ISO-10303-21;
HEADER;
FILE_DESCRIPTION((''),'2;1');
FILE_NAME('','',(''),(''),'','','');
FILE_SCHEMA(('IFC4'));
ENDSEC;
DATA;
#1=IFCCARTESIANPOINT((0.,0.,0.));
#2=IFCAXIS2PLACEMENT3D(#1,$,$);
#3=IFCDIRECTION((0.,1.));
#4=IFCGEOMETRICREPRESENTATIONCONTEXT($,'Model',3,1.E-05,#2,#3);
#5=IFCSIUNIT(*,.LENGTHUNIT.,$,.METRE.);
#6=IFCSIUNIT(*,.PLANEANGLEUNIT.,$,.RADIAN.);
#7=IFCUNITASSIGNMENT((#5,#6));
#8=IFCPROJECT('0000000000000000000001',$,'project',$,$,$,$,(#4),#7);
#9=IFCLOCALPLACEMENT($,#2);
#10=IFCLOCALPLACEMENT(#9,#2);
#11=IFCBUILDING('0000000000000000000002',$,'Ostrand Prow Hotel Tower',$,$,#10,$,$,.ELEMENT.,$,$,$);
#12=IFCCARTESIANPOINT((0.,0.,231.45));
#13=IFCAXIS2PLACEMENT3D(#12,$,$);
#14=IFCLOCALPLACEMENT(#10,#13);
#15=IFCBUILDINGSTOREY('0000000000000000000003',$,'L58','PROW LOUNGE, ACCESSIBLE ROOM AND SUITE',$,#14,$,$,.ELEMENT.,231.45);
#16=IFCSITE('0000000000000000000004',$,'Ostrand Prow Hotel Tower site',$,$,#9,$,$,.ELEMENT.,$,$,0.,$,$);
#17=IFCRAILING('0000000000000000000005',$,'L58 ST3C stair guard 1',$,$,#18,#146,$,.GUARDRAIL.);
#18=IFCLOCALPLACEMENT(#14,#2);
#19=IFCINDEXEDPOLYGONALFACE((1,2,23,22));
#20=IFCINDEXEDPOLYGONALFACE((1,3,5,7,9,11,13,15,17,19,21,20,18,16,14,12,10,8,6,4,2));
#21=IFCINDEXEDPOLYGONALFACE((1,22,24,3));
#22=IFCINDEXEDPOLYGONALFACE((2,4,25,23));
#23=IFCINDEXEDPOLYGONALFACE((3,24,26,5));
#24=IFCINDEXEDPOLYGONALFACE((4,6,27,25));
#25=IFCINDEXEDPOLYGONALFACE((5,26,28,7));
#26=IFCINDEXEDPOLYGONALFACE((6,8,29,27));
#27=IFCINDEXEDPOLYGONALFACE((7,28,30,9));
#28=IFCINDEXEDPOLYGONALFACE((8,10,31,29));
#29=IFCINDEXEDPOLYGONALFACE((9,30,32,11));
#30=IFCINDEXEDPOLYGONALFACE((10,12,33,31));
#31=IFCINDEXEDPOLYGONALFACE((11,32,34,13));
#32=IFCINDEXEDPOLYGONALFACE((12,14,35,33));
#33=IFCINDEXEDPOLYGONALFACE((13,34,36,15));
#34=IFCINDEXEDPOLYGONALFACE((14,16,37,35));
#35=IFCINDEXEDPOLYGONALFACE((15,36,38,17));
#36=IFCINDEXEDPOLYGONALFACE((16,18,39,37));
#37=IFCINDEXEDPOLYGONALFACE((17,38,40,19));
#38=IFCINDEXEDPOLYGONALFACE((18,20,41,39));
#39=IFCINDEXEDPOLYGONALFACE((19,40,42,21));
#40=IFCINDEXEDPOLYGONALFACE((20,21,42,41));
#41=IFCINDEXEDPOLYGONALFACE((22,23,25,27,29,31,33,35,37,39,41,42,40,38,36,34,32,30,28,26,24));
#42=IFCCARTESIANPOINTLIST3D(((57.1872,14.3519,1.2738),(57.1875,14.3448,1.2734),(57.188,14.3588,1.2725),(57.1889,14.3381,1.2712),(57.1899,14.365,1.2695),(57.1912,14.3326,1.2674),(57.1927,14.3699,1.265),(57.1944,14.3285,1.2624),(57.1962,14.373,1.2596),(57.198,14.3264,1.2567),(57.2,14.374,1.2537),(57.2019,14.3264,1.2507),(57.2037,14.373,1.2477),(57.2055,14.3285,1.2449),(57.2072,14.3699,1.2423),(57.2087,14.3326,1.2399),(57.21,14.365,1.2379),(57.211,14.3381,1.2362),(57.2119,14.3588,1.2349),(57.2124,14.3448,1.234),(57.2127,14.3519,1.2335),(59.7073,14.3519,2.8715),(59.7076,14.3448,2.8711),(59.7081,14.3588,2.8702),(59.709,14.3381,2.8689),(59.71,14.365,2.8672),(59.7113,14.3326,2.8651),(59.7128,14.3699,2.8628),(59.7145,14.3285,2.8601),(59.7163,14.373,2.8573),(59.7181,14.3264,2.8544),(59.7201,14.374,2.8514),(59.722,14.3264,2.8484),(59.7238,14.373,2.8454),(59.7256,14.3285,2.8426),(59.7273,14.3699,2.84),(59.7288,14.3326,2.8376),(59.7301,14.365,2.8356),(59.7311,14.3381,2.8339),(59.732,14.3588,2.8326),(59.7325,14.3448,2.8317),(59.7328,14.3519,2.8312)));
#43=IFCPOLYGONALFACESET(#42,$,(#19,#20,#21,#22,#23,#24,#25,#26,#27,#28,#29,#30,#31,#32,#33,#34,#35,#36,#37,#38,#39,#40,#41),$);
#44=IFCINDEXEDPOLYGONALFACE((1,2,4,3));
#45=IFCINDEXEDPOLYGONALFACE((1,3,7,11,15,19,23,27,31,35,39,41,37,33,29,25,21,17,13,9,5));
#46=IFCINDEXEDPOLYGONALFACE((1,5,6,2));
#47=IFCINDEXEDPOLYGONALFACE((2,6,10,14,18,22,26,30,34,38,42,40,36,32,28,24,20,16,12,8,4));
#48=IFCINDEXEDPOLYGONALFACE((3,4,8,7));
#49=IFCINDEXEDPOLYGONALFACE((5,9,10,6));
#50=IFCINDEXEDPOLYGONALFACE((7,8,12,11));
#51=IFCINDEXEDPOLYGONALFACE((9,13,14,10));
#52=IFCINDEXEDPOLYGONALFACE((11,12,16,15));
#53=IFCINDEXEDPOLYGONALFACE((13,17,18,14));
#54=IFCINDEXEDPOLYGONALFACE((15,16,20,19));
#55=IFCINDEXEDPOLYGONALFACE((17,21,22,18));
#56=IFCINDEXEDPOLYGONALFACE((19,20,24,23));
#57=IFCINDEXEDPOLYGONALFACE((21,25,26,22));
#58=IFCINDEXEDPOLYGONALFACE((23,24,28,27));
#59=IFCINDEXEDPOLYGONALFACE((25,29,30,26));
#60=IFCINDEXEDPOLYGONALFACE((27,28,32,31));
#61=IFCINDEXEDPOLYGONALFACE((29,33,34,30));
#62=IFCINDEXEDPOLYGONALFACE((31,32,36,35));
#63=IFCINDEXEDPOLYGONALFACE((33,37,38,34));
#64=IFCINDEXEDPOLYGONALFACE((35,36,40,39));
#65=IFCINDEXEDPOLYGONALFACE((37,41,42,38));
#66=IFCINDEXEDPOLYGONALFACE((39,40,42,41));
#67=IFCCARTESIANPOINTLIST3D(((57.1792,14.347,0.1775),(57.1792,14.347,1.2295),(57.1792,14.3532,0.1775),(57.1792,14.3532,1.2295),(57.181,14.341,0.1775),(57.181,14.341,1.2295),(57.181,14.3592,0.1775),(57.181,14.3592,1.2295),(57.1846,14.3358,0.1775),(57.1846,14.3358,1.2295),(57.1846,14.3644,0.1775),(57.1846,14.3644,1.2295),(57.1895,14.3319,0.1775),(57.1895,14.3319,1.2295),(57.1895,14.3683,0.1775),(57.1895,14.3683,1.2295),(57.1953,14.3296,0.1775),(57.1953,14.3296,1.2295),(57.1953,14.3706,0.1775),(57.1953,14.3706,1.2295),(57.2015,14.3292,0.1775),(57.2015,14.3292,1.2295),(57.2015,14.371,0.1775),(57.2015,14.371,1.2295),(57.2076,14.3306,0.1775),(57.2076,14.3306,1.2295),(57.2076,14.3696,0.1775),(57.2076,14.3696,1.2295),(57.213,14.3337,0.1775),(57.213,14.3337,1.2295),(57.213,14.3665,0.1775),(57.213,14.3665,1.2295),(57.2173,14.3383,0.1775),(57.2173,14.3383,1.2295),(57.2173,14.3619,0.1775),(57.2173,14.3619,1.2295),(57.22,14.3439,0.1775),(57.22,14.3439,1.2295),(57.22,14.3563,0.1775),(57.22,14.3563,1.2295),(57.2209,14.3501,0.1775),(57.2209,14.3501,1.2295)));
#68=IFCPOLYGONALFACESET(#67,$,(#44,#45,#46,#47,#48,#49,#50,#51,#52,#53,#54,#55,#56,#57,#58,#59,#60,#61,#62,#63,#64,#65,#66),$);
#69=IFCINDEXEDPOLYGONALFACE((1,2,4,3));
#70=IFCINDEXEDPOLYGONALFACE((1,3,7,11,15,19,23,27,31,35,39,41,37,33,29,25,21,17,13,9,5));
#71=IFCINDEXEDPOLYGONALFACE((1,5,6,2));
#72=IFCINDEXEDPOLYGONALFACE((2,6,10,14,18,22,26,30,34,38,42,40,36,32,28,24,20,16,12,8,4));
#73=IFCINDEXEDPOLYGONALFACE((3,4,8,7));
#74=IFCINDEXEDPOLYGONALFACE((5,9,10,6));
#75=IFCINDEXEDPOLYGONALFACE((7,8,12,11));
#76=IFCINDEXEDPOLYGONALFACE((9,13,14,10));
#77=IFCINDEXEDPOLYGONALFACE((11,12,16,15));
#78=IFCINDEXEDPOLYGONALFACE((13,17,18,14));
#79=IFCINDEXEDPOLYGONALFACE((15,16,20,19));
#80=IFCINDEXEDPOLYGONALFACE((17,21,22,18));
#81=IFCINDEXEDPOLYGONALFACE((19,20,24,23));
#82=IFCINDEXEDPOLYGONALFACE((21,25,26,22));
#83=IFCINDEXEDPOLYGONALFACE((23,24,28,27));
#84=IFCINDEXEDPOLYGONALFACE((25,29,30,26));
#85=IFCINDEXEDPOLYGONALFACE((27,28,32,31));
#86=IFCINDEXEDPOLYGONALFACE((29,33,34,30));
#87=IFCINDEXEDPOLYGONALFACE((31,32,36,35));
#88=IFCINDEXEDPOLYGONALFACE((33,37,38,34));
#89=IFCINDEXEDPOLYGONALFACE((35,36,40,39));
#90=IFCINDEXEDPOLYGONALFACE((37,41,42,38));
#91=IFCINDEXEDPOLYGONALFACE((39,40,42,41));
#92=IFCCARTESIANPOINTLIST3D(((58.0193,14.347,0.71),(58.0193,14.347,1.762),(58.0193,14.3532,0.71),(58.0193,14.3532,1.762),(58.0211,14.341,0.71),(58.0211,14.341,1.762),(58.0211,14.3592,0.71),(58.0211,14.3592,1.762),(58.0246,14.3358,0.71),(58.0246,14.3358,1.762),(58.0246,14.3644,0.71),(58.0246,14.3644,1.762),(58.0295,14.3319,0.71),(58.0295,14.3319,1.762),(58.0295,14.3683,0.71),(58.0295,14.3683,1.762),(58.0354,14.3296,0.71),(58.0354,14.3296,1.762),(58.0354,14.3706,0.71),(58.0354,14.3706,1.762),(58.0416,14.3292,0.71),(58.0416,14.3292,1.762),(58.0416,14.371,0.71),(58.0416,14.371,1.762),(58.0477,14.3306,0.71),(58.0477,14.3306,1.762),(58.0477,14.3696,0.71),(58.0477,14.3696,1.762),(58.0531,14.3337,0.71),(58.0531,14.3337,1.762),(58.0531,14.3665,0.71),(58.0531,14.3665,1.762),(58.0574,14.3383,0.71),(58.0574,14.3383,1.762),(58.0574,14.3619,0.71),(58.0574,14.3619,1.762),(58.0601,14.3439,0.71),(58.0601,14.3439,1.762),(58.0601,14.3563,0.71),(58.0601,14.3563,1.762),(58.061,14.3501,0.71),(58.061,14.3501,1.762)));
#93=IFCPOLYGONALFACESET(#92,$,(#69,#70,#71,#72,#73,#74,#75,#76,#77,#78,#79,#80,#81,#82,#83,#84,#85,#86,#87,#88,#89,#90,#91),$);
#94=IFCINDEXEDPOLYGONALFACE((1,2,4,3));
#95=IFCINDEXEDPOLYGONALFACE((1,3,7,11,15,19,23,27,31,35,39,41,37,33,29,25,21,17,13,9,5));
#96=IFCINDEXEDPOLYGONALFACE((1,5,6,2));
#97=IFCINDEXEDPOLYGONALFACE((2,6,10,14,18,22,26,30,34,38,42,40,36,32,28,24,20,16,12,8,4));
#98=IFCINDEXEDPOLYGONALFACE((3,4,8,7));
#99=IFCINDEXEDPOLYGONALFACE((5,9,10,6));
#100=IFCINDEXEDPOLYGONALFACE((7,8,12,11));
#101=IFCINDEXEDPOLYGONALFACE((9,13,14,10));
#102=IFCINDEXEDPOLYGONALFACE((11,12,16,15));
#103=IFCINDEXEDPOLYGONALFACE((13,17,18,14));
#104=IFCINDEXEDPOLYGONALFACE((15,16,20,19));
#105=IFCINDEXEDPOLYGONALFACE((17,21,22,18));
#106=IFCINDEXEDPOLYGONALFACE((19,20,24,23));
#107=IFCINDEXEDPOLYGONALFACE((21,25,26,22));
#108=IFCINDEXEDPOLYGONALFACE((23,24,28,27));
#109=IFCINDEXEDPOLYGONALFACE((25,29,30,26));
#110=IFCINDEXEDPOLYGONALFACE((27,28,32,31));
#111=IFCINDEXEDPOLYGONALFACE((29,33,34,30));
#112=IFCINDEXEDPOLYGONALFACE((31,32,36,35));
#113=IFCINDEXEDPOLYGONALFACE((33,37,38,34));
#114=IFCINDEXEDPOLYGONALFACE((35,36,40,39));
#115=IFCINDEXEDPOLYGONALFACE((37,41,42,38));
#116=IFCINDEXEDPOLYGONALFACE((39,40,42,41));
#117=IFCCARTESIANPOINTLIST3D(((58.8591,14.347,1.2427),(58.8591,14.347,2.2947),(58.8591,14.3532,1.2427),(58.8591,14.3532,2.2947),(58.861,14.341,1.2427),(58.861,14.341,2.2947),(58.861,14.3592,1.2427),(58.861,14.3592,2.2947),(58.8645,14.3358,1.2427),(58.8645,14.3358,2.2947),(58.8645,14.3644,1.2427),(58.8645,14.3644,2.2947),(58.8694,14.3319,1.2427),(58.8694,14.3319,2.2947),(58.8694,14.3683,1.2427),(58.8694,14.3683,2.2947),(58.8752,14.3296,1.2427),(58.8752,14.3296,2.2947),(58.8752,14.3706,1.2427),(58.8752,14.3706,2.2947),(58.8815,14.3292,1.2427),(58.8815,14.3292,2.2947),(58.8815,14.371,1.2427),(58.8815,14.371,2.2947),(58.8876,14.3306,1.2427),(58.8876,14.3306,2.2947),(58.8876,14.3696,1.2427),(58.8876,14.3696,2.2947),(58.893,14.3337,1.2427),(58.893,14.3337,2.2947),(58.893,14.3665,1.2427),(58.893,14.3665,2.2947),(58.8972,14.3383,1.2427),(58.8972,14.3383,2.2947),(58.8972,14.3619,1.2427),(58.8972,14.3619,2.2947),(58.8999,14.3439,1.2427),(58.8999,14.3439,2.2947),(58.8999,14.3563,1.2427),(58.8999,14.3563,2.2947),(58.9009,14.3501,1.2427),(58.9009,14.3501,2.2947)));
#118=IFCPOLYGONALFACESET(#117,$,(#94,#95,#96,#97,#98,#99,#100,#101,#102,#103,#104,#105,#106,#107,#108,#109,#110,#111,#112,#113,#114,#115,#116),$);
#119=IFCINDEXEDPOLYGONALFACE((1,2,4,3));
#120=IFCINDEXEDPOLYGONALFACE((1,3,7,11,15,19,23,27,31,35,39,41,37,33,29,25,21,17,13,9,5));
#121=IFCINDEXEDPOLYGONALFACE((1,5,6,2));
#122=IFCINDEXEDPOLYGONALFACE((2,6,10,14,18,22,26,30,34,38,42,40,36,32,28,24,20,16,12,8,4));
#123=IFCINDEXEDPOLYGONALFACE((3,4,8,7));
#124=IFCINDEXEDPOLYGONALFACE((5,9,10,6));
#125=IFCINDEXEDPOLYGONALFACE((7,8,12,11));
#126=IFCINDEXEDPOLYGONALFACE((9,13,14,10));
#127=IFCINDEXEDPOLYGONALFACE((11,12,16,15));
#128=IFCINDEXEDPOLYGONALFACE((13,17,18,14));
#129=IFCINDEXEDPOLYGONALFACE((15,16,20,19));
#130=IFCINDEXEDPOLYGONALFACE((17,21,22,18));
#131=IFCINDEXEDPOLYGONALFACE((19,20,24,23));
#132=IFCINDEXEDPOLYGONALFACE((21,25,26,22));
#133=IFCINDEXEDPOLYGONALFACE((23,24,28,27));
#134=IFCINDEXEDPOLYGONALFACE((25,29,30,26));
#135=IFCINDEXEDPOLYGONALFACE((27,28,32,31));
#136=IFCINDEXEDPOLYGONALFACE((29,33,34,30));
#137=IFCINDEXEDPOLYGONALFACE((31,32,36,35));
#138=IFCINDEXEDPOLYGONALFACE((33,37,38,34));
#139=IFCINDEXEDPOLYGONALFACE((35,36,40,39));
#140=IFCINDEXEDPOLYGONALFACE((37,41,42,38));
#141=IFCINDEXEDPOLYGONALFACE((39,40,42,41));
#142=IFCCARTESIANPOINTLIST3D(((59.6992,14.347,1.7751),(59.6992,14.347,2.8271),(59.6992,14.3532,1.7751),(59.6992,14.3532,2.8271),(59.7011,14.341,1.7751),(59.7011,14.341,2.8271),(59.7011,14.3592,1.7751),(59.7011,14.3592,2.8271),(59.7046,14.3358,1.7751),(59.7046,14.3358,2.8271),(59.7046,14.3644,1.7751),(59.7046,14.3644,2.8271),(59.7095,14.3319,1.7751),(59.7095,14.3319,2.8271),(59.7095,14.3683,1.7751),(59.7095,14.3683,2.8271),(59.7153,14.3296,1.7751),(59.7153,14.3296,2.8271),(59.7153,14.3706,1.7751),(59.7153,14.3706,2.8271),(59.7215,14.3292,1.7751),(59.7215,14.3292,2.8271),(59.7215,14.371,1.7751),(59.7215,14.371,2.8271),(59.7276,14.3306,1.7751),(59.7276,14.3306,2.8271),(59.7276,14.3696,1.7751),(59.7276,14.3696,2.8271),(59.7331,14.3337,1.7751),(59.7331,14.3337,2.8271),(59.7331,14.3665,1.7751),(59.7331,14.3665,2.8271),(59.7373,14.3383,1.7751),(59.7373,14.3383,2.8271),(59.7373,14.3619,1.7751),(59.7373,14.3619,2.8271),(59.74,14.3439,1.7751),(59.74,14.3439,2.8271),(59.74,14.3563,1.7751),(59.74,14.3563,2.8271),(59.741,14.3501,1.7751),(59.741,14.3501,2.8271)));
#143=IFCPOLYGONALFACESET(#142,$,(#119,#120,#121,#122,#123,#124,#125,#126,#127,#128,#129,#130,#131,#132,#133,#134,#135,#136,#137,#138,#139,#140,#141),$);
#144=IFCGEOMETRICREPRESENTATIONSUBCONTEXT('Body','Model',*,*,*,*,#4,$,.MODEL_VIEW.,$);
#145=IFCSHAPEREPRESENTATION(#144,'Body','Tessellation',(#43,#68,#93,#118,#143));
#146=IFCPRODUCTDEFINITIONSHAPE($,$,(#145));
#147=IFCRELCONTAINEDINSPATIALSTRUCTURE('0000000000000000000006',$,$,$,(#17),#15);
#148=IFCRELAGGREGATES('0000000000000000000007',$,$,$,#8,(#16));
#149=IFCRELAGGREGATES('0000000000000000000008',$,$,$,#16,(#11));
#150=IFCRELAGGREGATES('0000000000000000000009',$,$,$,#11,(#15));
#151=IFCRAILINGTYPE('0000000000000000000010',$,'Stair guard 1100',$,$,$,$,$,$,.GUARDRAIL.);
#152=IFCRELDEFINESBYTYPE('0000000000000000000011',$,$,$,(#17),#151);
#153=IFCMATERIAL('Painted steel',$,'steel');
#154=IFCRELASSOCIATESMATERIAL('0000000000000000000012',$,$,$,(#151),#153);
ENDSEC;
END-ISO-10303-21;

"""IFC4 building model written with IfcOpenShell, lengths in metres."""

from ifc_helpers import new_model, si_unit, direction, frame, origin, origin_2d, place, context, subcontext, project, spatial, circle, extrude, material, type_object, element, save


model = new_model("IFC4")

# Units and contexts
model_context = context("Model", 3, precision=1e-05, world=origin(), true_north=direction((0.0, 1.0)))
body_context = subcontext(model_context, "Body", "Model", "MODEL_VIEW")
ifc_project = project(units=[si_unit("LENGTHUNIT", "METRE"), si_unit("PLANEANGLEUNIT", "RADIAN")], contexts=[model_context])

# Site, building, storey
site_placement = place(None, origin())
site = spatial("IfcSite", under=ifc_project, at=site_placement, Name="Ostrand Prow Hotel Tower site", CompositionType="ELEMENT", RefElevation=0.0)
building_placement = place(site_placement, origin())
building = spatial("IfcBuilding", under=site, at=building_placement, Name="Ostrand Prow Hotel Tower", CompositionType="ELEMENT")
storey_placement = place(building_placement, frame((0.0, 0.0, 231.45)))
storey = spatial("IfcBuildingStorey", under=building, at=storey_placement, Name="L58", Description="PROW LOUNGE, ACCESSIBLE ROOM AND SUITE", CompositionType="ELEMENT", Elevation=231.45)

# Railing
ifc_material_1 = material(Name="Painted steel", Category="steel")
railing_type_1 = type_object("IfcRailingType", Name="Stair guard 1100", PredefinedType="GUARDRAIL", material=ifc_material_1)
railing_1_placement = place(storey_placement, frame((57.2, 14.3501, 0.1775)))
element("IfcRailing", 1, at=railing_1_placement, inside=storey, type_object=railing_type_1, Name="L58 ST3C stair guard 1", PredefinedType="GUARDRAIL", context=body_context, shape_type="SweptSolid", body=[
    extrude(circle(Radius=0.0239, at=origin_2d()), frame((0.0, 0.0, 1.0762), z_axis=(0.84457, 0.0, 0.535445), x_axis=(0.0, 1.0, 0.0)), (0.0, 0.0, 1.0), 2.9839),
    extrude(circle(Radius=0.021, at=origin_2d()), origin(), (0.0, 0.0, 1.0), 1.052),
    extrude(circle(Radius=0.021, at=origin_2d()), frame((0.8401, 0.0, 0.5325)), (0.0, 0.0, 1.0), 1.052),
    extrude(circle(Radius=0.021, at=origin_2d()), frame((1.6799, 0.0, 1.0652)), (0.0, 0.0, 1.0), 1.052),
    extrude(circle(Radius=0.021, at=origin_2d()), frame((2.52, 0.0, 1.5977)), (0.0, 0.0, 1.0), 1.052),
])

save(model, "model.ifc")
